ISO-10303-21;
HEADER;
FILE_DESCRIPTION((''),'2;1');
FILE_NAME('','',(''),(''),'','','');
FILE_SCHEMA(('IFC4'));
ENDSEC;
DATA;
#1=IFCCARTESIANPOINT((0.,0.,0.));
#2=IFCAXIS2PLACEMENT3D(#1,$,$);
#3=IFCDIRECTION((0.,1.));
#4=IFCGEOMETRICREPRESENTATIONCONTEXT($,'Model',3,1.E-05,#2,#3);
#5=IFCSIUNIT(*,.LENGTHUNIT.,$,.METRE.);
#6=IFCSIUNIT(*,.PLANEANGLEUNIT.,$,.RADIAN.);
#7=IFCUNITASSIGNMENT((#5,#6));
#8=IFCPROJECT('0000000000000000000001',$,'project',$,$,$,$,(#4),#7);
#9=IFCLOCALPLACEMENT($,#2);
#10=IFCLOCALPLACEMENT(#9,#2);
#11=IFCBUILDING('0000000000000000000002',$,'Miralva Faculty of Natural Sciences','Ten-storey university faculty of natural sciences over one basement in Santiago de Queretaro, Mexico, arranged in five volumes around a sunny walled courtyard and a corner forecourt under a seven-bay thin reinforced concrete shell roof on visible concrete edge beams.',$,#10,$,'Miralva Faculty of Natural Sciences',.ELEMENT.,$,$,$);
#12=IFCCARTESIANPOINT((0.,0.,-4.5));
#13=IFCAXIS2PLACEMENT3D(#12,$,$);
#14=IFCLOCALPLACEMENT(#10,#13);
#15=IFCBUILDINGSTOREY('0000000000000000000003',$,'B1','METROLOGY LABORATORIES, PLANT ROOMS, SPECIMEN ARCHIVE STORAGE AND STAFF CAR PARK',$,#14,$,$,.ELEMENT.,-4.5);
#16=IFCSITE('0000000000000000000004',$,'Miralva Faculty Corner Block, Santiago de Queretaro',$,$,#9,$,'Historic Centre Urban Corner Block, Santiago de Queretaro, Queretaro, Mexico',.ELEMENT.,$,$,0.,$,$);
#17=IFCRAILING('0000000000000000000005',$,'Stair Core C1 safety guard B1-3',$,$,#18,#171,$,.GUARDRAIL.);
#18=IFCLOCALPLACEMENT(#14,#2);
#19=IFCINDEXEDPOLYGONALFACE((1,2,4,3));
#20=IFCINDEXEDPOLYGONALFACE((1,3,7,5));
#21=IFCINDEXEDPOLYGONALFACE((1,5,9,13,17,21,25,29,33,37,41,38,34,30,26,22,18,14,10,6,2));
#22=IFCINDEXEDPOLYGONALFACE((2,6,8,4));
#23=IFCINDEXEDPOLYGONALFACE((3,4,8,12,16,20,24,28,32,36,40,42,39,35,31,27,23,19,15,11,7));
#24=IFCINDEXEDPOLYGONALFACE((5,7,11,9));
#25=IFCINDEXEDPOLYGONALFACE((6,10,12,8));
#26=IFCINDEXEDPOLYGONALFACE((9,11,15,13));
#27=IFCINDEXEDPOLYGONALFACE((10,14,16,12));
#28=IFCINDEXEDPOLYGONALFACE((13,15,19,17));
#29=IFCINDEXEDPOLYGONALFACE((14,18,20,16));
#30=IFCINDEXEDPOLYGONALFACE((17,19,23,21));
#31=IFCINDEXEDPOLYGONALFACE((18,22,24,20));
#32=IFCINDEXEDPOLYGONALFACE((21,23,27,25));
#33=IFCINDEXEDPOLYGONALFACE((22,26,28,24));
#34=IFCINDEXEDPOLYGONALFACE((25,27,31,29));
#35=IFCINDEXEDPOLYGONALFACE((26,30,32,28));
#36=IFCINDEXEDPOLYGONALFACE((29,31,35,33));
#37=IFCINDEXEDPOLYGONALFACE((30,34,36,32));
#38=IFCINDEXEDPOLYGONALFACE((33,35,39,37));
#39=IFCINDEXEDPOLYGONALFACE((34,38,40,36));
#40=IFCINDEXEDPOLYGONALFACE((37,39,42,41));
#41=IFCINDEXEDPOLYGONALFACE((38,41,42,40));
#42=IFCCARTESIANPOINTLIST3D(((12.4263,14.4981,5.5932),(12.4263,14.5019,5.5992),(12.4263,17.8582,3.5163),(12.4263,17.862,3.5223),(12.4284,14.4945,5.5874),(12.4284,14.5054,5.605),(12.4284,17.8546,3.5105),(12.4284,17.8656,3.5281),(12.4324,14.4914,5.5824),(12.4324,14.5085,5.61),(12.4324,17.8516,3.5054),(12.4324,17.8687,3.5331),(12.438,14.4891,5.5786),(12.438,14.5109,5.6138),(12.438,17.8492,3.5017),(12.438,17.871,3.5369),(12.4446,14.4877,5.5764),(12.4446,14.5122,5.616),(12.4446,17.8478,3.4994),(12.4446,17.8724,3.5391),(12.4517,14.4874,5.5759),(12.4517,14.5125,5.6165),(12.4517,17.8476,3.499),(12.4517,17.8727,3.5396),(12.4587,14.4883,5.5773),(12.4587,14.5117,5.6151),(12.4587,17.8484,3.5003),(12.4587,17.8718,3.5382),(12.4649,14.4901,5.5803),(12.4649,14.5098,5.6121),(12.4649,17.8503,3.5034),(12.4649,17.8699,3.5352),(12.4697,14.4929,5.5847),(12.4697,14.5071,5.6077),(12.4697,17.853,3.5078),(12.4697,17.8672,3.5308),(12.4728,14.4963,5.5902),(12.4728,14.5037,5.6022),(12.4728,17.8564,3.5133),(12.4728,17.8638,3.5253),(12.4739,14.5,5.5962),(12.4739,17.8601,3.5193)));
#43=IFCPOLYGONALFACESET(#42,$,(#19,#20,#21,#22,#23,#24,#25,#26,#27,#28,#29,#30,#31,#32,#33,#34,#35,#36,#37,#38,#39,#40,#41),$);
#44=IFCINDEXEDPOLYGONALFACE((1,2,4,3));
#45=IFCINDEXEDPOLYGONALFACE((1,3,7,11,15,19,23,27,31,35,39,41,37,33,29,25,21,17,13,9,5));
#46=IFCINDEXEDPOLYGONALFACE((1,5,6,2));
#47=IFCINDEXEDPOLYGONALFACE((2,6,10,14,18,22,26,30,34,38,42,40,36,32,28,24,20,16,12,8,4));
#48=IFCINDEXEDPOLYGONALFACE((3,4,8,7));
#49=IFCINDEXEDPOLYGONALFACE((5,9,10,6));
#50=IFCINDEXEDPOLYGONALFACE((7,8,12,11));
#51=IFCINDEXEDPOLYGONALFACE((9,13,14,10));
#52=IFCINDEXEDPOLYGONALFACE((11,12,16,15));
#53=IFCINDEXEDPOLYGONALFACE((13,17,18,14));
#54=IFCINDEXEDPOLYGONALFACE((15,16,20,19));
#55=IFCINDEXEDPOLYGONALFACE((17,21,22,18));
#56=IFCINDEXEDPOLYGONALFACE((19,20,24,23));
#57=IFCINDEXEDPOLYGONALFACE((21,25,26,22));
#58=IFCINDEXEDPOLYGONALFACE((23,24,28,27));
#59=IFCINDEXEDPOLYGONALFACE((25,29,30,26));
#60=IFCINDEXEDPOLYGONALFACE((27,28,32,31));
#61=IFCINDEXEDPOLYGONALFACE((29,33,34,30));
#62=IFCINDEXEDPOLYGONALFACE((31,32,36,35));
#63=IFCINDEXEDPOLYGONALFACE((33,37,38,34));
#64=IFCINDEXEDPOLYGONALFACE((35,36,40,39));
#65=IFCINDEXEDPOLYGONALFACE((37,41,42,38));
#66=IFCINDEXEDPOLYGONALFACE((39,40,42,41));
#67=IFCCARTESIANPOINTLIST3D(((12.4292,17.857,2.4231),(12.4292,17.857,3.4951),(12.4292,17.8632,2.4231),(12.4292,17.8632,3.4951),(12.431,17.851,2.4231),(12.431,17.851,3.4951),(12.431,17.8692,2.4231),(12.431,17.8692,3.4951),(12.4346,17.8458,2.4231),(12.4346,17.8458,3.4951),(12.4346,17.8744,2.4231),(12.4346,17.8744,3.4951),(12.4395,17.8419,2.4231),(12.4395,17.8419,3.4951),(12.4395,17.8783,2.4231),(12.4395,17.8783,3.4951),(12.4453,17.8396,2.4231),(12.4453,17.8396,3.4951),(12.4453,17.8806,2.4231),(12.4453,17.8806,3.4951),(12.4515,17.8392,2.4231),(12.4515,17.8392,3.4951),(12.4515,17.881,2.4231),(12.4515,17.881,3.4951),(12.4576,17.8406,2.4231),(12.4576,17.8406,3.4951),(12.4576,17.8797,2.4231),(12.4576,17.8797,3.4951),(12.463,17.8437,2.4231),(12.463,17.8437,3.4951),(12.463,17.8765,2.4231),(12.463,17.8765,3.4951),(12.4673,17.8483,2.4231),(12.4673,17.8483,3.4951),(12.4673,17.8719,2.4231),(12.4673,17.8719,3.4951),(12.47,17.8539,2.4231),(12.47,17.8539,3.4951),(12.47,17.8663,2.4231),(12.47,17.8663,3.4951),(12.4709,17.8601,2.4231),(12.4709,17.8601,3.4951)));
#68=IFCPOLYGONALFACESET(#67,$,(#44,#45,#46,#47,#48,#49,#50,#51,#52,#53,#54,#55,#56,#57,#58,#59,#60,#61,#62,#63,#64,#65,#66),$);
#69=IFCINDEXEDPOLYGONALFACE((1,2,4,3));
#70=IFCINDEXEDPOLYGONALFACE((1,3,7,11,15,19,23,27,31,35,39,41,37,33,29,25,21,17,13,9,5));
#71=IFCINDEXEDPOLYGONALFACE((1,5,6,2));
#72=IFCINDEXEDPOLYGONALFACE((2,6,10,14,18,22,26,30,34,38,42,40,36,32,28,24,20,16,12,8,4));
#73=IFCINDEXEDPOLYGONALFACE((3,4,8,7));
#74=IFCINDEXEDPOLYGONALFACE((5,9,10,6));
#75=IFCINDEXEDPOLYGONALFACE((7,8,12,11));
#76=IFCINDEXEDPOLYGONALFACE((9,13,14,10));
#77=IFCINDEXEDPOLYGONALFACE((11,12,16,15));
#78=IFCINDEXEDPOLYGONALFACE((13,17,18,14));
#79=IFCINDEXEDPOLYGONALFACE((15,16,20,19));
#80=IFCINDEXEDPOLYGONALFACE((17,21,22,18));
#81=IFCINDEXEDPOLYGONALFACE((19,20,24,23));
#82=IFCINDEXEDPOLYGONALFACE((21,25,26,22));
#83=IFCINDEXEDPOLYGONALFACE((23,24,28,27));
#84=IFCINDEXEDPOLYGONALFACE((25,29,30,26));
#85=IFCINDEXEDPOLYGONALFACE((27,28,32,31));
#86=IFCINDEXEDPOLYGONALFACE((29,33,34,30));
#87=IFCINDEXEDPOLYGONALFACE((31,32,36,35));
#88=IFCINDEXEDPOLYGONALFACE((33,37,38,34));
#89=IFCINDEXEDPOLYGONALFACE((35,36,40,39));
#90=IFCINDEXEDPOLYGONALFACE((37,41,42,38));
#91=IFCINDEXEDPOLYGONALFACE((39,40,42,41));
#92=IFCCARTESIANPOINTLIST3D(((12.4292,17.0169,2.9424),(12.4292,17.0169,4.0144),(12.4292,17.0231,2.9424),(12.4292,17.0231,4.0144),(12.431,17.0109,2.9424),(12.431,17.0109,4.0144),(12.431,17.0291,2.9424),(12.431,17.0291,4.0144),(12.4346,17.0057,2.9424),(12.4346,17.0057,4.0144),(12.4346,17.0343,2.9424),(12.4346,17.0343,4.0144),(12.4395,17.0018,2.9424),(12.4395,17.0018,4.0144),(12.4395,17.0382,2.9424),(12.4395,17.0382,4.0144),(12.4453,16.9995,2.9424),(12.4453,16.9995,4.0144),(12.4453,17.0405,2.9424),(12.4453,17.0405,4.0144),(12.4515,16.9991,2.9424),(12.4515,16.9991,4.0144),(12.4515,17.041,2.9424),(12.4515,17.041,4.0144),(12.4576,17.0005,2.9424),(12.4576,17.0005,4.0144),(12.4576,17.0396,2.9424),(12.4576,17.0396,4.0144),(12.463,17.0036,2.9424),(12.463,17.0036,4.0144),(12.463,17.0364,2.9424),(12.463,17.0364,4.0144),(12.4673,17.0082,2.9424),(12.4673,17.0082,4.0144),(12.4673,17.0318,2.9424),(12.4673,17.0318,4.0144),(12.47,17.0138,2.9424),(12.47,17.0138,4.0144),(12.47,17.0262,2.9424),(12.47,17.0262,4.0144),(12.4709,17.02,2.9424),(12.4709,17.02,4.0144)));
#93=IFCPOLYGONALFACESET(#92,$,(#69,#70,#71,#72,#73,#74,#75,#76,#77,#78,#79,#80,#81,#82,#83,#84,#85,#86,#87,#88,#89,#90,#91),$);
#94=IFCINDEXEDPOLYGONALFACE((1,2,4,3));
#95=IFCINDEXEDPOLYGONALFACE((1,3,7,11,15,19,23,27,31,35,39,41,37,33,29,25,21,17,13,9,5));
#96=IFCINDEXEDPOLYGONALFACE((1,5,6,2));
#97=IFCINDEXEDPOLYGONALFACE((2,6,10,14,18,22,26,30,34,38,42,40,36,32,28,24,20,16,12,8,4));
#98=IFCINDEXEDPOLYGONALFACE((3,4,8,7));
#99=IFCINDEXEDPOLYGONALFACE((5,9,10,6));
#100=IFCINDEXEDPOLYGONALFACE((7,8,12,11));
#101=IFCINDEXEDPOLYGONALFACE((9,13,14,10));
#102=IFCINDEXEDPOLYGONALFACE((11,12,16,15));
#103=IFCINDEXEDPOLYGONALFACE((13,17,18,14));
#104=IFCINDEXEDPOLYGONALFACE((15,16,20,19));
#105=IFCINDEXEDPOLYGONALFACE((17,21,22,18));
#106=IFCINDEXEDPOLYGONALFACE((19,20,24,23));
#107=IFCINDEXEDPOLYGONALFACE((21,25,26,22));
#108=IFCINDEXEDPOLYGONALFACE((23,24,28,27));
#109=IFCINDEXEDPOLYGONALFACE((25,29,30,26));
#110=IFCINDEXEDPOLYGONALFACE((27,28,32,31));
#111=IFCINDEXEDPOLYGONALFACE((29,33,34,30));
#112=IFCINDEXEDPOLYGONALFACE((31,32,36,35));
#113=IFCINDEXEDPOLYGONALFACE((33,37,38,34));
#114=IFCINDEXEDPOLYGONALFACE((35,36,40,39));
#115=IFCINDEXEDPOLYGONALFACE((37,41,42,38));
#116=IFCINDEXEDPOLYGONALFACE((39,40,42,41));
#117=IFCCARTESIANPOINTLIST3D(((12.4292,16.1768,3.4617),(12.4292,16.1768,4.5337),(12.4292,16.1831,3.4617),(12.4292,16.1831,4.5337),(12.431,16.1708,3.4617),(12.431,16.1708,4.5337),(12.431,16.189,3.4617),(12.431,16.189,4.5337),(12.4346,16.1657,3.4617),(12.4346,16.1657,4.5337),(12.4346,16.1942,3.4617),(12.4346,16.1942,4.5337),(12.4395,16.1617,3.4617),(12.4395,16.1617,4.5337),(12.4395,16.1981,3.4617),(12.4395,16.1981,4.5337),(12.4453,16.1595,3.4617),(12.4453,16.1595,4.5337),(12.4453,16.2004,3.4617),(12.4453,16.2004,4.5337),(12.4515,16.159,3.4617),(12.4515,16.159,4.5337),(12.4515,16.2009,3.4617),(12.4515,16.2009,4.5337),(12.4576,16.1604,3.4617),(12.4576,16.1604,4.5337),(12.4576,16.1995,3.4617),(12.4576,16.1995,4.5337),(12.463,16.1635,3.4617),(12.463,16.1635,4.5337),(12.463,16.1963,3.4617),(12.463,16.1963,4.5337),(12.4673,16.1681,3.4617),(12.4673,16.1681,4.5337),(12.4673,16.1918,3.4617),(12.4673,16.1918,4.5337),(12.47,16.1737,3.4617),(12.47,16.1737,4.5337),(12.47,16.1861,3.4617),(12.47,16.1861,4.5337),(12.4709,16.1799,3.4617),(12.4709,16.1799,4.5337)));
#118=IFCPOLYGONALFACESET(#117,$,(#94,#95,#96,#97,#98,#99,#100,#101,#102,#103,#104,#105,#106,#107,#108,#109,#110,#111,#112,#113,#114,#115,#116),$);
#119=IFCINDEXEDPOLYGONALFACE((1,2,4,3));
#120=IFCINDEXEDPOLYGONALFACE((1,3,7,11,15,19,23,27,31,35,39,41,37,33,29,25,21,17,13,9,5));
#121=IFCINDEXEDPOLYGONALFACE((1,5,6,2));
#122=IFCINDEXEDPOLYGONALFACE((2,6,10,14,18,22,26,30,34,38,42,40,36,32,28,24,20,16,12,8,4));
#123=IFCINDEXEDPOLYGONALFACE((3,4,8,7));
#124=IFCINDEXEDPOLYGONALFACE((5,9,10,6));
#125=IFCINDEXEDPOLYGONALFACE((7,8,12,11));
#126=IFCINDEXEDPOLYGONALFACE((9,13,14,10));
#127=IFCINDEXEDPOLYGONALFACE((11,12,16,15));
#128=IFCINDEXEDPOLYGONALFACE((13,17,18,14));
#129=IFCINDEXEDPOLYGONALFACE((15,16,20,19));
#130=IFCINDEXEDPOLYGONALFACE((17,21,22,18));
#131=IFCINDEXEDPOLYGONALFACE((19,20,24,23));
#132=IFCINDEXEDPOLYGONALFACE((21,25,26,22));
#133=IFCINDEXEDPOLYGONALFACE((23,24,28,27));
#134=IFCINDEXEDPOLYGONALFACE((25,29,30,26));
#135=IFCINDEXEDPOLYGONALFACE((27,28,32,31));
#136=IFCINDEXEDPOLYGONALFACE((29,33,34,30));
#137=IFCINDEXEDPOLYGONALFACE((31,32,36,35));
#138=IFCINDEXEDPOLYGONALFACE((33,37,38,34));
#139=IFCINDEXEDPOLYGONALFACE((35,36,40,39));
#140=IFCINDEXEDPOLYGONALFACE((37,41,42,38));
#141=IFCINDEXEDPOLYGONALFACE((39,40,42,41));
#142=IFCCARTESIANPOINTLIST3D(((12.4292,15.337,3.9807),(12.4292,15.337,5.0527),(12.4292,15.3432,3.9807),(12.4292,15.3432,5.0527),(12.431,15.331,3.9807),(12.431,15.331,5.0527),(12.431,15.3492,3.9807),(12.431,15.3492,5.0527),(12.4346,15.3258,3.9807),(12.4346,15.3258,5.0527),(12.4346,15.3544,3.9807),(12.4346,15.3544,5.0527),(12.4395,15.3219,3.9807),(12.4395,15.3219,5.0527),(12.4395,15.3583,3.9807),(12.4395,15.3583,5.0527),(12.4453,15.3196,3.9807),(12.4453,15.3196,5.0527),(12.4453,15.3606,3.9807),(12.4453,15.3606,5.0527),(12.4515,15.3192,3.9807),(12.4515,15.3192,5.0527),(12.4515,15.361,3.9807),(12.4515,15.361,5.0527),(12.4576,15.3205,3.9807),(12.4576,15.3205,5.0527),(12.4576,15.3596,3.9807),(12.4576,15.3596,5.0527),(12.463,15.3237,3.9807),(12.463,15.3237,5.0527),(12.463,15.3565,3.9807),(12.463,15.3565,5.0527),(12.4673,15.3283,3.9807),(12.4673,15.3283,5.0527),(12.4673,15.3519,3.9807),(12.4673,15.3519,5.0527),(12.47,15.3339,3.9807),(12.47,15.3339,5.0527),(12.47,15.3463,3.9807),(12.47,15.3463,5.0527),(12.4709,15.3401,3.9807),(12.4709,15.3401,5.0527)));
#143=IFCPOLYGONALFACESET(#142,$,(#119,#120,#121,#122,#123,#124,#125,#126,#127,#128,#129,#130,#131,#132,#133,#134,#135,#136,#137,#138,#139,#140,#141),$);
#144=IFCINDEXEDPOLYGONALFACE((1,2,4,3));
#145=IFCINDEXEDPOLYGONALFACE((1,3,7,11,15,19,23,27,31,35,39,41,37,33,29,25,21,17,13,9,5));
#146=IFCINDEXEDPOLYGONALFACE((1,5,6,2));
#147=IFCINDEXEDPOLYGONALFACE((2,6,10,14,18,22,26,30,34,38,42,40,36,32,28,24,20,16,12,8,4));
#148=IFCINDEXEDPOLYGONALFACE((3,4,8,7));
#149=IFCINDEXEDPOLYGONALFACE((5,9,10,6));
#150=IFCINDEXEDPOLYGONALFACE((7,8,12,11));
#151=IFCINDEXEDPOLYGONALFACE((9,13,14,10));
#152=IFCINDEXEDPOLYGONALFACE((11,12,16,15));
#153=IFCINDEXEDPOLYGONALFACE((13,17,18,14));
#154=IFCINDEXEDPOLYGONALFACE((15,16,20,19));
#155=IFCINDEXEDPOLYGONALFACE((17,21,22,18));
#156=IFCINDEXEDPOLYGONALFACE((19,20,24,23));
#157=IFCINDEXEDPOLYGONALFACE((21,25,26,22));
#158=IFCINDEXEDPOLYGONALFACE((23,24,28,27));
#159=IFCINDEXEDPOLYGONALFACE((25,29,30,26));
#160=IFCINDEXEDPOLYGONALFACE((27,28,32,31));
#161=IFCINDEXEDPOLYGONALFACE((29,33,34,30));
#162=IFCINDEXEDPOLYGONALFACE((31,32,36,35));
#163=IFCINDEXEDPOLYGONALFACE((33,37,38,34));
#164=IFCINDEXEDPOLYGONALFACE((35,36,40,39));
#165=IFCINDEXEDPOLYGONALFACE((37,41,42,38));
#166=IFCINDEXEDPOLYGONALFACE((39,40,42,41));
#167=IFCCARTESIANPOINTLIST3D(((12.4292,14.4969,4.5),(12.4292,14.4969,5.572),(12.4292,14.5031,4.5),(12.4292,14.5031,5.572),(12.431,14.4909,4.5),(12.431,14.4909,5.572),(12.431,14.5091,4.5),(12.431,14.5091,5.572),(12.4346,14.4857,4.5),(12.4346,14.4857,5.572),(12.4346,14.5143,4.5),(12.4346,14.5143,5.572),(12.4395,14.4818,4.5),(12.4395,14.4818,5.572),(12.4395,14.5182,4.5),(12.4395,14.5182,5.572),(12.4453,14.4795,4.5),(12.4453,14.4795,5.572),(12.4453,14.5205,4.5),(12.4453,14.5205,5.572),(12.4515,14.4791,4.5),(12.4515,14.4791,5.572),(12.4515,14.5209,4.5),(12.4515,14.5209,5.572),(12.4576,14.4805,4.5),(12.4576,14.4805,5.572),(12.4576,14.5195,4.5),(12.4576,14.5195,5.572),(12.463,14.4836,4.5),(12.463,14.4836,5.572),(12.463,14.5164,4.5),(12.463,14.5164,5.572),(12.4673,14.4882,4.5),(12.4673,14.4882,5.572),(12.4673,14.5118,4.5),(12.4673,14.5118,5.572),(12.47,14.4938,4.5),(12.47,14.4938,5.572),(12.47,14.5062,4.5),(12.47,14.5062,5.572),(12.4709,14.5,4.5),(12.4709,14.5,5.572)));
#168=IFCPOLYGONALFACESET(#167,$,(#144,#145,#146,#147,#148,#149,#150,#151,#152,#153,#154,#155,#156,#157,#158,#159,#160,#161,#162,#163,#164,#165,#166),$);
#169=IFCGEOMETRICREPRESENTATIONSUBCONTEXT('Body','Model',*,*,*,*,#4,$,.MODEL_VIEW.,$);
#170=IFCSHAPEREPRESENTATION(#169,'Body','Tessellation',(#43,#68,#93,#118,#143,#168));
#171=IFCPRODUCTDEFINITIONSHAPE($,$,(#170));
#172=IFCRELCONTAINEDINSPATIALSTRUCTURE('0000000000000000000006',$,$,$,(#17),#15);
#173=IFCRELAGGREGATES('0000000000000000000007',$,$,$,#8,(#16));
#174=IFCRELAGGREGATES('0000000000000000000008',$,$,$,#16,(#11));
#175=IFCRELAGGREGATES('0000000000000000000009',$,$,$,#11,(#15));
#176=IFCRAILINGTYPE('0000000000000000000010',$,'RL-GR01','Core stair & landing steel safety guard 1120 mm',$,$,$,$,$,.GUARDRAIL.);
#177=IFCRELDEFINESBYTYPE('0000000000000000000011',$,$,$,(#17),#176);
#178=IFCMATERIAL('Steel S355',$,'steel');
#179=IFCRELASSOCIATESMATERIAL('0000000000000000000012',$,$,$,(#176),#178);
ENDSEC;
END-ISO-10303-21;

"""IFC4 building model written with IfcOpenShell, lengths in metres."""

from ifc_helpers import new_model, si_unit, direction, frame, origin, origin_2d, place, context, subcontext, project, spatial, circle, extrude, material, type_object, element, save


model = new_model("IFC4")

# Units and contexts
model_context = context("Model", 3, precision=1e-05, world=origin(), true_north=direction((0.0, 1.0)))
body_context = subcontext(model_context, "Body", "Model", "MODEL_VIEW")
ifc_project = project(units=[si_unit("LENGTHUNIT", "METRE"), si_unit("PLANEANGLEUNIT", "RADIAN")], contexts=[model_context])

# Site, building, storey
site_placement = place(None, origin())
site = spatial("IfcSite", under=ifc_project, at=site_placement, Name="Miralva Faculty Corner Block, Santiago de Queretaro", LongName="Historic Centre Urban Corner Block, Santiago de Queretaro, Queretaro, Mexico", CompositionType="ELEMENT", RefElevation=0.0)
building_placement = place(site_placement, origin())
building = spatial("IfcBuilding", under=site, at=building_placement, Name="Miralva Faculty of Natural Sciences", Description="Ten-storey university faculty of natural sciences over one basement in Santiago de Queretaro, Mexico, arranged in five volumes around a sunny walled courtyard and a corner forecourt under a seven-bay thin reinforced concrete shell roof on visible concrete edge beams.", LongName="Miralva Faculty of Natural Sciences", CompositionType="ELEMENT")
storey_placement = place(building_placement, frame((0.0, 0.0, -4.5)))
storey = spatial("IfcBuildingStorey", under=building, at=storey_placement, Name="B1", Description="METROLOGY LABORATORIES, PLANT ROOMS, SPECIMEN ARCHIVE STORAGE AND STAFF CAR PARK", CompositionType="ELEMENT", Elevation=-4.5)

# Railing
ifc_material_1 = material(Name="Steel S355", Category="steel")
railing_type_1 = type_object("IfcRailingType", Name="RL-GR01", Description="Core stair & landing steel safety guard 1120 mm", PredefinedType="GUARDRAIL", material=ifc_material_1)
railing_1_placement = place(storey_placement, frame((12.45, 17.8601, 2.4231)))
element("IfcRailing", 1, at=railing_1_placement, inside=storey, type_object=railing_type_1, Name="Stair Core C1 safety guard B1-3", PredefinedType="GUARDRAIL", context=body_context, shape_type="SweptSolid", body=[
    extrude(circle(Radius=0.0239, at=origin_2d()), frame((0.0, 0.0, 1.0962), z_axis=(0.0, -0.850623, 0.525776), x_axis=(1.0, 0.0, 0.0)), (0.0, 0.0, 1.0), 3.9502),
    extrude(circle(Radius=0.021, at=origin_2d()), origin(), (0.0, 0.0, 1.0), 1.072),
    extrude(circle(Radius=0.021, at=origin_2d()), frame((0.0, -0.8401, 0.5193)), (0.0, 0.0, 1.0), 1.072),
    extrude(circle(Radius=0.021, at=origin_2d()), frame((0.0, -1.6802, 1.0386)), (0.0, 0.0, 1.0), 1.072),
    extrude(circle(Radius=0.021, at=origin_2d()), frame((0.0, -2.52, 1.5576)), (0.0, 0.0, 1.0), 1.072),
    extrude(circle(Radius=0.021, at=origin_2d()), frame((0.0, -3.3601, 2.0769)), (0.0, 0.0, 1.0), 1.072),
])

save(model, "model.ifc")
